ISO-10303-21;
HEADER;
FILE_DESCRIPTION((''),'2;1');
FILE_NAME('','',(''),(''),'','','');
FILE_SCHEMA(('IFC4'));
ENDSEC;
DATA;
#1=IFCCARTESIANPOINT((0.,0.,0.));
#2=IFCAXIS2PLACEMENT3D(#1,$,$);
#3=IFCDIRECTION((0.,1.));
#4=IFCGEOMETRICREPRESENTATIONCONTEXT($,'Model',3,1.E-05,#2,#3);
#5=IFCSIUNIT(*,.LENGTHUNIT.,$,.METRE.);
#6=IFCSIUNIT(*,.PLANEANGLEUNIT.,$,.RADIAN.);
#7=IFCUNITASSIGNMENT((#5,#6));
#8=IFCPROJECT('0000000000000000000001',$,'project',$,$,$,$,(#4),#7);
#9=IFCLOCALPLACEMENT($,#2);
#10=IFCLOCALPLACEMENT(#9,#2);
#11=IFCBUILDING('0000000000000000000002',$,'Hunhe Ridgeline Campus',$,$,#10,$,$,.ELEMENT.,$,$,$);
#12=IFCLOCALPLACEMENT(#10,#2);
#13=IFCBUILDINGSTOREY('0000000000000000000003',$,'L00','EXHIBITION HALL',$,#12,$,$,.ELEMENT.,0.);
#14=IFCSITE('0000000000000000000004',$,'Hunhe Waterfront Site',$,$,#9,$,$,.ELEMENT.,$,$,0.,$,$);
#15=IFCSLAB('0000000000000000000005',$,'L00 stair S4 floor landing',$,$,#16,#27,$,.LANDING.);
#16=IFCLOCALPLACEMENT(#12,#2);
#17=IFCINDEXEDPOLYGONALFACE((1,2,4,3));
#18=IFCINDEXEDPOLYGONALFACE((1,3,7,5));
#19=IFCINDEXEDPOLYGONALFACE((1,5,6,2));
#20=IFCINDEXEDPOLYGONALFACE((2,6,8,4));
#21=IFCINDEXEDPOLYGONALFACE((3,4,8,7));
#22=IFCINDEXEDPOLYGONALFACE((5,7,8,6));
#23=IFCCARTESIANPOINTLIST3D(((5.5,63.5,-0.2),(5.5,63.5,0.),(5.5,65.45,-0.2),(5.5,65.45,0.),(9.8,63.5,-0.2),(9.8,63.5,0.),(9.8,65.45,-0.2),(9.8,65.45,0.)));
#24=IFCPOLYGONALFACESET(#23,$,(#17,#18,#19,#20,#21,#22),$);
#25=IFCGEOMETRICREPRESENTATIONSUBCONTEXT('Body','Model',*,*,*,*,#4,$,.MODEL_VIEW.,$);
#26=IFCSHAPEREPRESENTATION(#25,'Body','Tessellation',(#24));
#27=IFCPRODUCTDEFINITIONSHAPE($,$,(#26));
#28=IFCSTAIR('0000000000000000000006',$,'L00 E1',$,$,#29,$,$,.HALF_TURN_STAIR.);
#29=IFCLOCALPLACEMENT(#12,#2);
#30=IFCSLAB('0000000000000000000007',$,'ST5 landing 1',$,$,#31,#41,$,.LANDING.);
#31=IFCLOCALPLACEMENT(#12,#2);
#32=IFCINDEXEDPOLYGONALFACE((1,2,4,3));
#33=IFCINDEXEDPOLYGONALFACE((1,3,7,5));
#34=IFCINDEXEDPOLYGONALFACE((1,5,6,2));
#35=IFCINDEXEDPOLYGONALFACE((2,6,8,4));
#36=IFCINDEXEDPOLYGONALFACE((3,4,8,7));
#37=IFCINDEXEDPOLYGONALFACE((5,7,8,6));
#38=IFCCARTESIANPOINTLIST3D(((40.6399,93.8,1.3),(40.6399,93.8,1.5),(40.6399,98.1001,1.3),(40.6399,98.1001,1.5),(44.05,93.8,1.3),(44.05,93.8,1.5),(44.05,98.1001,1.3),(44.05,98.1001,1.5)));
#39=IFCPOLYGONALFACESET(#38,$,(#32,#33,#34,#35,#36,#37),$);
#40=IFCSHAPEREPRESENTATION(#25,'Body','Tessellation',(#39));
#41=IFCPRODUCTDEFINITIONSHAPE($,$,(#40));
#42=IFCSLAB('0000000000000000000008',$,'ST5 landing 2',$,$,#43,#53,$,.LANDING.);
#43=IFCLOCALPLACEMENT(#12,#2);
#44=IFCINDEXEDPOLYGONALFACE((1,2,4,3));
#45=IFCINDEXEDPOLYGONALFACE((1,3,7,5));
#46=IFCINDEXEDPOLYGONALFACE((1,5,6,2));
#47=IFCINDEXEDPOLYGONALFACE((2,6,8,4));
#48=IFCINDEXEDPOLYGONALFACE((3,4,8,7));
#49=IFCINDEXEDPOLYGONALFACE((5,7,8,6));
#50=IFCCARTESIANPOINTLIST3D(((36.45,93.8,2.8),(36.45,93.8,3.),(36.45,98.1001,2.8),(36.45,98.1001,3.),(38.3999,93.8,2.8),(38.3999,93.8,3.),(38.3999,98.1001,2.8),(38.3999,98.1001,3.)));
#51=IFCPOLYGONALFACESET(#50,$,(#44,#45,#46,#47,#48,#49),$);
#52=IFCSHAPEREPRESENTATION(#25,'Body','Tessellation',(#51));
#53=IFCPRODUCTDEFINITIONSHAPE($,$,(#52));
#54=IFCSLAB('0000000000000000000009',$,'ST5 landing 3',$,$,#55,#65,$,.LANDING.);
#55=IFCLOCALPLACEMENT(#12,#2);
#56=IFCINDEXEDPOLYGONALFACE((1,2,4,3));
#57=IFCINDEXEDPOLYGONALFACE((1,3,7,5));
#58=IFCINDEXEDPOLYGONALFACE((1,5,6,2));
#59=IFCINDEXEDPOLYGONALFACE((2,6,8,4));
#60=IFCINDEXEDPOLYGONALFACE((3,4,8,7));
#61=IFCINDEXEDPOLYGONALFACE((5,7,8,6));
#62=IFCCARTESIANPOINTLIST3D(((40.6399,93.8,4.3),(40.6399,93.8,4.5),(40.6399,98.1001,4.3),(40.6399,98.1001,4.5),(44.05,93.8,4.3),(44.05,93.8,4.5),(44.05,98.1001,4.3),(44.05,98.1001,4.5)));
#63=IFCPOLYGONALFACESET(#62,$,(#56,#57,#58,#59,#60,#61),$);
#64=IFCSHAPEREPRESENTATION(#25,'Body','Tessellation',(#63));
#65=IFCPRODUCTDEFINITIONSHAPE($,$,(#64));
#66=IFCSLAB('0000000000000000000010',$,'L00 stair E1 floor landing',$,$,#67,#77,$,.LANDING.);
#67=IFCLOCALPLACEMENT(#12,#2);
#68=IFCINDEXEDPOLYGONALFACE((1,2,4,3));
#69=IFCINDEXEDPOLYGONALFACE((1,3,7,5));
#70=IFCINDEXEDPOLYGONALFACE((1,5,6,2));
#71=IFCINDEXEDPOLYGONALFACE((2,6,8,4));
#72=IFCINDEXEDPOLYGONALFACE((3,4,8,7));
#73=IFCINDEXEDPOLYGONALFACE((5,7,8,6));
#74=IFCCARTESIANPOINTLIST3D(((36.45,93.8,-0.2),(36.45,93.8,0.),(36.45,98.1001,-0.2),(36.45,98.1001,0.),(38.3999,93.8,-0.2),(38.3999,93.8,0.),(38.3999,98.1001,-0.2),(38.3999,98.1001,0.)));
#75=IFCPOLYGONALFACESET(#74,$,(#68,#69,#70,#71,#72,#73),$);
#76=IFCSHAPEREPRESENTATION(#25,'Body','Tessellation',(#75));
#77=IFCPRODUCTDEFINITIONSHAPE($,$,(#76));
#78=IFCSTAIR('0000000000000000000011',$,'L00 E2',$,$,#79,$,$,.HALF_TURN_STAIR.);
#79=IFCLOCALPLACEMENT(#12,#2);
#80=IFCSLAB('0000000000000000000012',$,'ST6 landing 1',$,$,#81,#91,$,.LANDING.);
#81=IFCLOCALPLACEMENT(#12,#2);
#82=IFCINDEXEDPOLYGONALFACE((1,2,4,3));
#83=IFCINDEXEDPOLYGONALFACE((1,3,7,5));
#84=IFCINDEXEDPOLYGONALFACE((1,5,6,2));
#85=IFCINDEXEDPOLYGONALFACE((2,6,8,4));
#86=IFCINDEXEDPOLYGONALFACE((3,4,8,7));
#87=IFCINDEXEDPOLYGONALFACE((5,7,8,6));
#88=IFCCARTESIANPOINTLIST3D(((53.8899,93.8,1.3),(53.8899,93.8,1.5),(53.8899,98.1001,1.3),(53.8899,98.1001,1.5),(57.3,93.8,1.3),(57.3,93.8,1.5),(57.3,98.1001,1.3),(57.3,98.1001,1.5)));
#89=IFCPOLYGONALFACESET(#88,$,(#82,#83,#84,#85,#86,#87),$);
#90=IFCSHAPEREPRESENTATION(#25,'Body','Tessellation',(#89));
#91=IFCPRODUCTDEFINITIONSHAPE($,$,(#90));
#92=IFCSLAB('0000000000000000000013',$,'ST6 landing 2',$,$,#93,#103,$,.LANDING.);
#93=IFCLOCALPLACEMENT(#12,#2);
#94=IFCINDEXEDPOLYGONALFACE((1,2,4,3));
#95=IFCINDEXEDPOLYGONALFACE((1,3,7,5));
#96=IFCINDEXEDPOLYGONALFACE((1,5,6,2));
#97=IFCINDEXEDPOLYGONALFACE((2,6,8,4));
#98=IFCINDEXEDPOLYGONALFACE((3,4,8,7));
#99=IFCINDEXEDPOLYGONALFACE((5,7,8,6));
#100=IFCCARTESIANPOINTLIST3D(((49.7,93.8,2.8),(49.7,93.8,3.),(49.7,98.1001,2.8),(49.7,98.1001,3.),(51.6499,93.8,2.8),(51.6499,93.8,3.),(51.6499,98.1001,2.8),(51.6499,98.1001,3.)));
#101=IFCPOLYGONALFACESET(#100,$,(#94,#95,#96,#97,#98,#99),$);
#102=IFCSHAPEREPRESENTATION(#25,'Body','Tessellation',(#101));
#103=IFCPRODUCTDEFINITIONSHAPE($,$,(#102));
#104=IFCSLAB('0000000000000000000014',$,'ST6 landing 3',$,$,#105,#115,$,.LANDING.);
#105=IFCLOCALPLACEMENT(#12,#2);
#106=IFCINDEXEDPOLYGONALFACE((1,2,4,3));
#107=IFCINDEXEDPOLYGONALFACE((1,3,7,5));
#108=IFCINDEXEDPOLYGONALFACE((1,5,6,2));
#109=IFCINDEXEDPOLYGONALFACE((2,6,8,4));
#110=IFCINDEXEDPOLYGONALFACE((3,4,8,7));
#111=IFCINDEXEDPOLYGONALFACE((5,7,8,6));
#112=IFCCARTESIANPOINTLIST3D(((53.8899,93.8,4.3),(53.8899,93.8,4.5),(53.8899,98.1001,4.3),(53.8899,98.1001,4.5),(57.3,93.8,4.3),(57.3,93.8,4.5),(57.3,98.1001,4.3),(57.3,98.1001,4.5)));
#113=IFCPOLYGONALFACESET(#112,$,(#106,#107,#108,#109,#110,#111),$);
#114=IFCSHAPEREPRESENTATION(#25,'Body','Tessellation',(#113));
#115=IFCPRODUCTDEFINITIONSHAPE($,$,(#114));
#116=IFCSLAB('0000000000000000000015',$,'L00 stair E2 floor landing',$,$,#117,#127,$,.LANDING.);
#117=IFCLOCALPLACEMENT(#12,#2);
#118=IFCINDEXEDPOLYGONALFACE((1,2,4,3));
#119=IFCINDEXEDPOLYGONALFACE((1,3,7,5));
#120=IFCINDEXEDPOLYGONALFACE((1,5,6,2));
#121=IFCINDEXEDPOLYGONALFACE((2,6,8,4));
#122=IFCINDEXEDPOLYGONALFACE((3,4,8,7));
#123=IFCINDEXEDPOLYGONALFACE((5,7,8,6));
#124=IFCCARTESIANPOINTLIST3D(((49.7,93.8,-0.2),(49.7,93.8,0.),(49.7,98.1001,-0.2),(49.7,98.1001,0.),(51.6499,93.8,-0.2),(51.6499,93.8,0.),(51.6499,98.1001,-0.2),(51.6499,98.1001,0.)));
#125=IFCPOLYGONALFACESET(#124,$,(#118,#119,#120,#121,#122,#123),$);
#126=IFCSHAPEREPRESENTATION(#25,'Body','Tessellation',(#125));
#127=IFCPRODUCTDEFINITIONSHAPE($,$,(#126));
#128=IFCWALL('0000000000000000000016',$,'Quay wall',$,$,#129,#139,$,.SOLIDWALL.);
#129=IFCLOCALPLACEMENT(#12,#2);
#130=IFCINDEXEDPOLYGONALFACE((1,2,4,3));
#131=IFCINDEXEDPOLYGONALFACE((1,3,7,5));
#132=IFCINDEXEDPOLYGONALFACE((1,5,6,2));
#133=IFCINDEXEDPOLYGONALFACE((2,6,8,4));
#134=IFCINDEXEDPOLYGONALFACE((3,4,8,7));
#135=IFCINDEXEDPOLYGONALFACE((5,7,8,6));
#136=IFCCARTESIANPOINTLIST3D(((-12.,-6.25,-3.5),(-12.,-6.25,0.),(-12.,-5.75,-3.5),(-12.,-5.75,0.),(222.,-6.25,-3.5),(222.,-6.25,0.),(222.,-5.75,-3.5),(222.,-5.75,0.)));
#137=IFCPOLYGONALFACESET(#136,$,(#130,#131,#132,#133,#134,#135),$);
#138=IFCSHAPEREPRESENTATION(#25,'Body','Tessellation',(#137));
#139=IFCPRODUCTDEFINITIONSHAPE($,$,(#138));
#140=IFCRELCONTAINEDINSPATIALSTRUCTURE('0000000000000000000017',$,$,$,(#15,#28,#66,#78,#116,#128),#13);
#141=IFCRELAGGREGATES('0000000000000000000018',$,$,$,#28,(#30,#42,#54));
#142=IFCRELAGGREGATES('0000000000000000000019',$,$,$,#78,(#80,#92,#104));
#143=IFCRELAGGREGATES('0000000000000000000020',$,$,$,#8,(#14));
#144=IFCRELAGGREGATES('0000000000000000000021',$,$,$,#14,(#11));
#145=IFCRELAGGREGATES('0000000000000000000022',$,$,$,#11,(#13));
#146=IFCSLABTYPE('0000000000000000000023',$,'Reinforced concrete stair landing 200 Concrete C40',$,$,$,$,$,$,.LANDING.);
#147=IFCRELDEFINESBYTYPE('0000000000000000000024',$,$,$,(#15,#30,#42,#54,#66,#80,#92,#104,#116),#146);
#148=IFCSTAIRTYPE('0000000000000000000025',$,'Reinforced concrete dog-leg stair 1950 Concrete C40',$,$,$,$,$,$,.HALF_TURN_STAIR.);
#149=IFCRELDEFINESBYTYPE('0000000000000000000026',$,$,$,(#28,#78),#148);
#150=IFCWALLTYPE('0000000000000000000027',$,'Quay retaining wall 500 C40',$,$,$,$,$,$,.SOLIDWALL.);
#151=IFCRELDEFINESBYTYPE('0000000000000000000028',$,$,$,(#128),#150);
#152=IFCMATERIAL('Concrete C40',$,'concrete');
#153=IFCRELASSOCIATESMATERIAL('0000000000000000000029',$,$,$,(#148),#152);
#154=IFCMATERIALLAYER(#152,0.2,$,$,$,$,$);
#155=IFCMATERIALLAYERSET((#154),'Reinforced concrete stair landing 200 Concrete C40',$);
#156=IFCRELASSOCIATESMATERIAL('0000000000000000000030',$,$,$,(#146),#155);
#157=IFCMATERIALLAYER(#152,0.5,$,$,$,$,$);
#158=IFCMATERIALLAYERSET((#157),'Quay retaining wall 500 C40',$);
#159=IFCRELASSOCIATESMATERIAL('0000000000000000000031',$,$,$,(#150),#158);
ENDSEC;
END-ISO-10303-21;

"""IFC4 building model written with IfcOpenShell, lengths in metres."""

from ifc_helpers import new_model, si_unit, direction, frame, frame_2d, origin, place, context, subcontext, project, spatial, polyline, rectangle, outline, extrude, material, layer, layer_set, type_object, element, aggregate, save


model = new_model("IFC4")

# Units and contexts
model_context = context("Model", 3, precision=1e-05, world=origin(), true_north=direction((0.0, 1.0)))
body_context = subcontext(model_context, "Body", "Model", "MODEL_VIEW")
ifc_project = project(units=[si_unit("LENGTHUNIT", "METRE"), si_unit("PLANEANGLEUNIT", "RADIAN")], contexts=[model_context])

# Site, building, storey
site_placement = place(None, origin())
site = spatial("IfcSite", under=ifc_project, at=site_placement, Name="Hunhe Waterfront Site", CompositionType="ELEMENT", RefElevation=0.0)
building_placement = place(site_placement, origin())
building = spatial("IfcBuilding", under=site, at=building_placement, Name="Hunhe Ridgeline Campus", CompositionType="ELEMENT")
storey_placement = place(building_placement, origin())
storey = spatial("IfcBuildingStorey", under=building, at=storey_placement, Name="L00", Description="EXHIBITION HALL", CompositionType="ELEMENT", Elevation=0.0)

# Shared definitions
ifc_material_1 = material(Name="Concrete C40", Category="concrete")
stair_type = type_object("IfcStairType", Name="Reinforced concrete dog-leg stair 1950 Concrete C40", PredefinedType="HALF_TURN_STAIR", material=ifc_material_1)
ifc_layer_1 = layer(ifc_material_1, 0.2)
ifc_layer_set_1 = layer_set([ifc_layer_1], Name="Reinforced concrete stair landing 200 Concrete C40")
slab_type = type_object("IfcSlabType", Name="Reinforced concrete stair landing 200 Concrete C40", PredefinedType="LANDING", material=ifc_layer_set_1)

# Slab
slab_1_placement = place(storey_placement, frame((0.0, 0.0, -0.2)))
element("IfcSlab", 1, at=slab_1_placement, inside=storey, type_object=slab_type, Name="L00 stair S4 floor landing", PredefinedType="LANDING", context=body_context, shape_type="SweptSolid", body=[
    extrude(outline(polyline([(9.8, 63.5), (9.8, 65.45), (5.5, 65.45), (5.5, 63.5), (9.8, 63.5)])), origin(), (0.0, 0.0, 1.0), 0.2),
])

# Stair, slabs
stair_1_placement = place(storey_placement, origin())
stair_1 = element("IfcStair", 2, at=stair_1_placement, inside=storey, type_object=stair_type, Name="L00 E1", PredefinedType="HALF_TURN_STAIR")
slab_2_placement = place(storey_placement, frame((0.0, 0.0, 1.3)))
slab_2 = element("IfcSlab", 3, at=slab_2_placement, type_object=slab_type, Name="ST5 landing 1", PredefinedType="LANDING", context=body_context, shape_type="SweptSolid", body=[
    extrude(outline(polyline([(40.6399, 93.8), (44.05, 93.8), (44.05, 98.1001), (40.6399, 98.1001), (40.6399, 93.8)])), origin(), (0.0, 0.0, 1.0), 0.2),
])
slab_3_placement = place(storey_placement, frame((0.0, 0.0, 2.8)))
slab_3 = element("IfcSlab", 4, at=slab_3_placement, type_object=slab_type, Name="ST5 landing 2", PredefinedType="LANDING", context=body_context, shape_type="SweptSolid", body=[
    extrude(outline(polyline([(36.45, 93.8), (38.3999, 93.8), (38.3999, 98.1001), (36.45, 98.1001), (36.45, 93.8)])), origin(), (0.0, 0.0, 1.0), 0.2),
])
slab_4_placement = place(storey_placement, frame((0.0, 0.0, 4.3)))
slab_4 = element("IfcSlab", 5, at=slab_4_placement, type_object=slab_type, Name="ST5 landing 3", PredefinedType="LANDING", context=body_context, shape_type="SweptSolid", body=[
    extrude(outline(polyline([(40.6399, 93.8), (44.05, 93.8), (44.05, 98.1001), (40.6399, 98.1001), (40.6399, 93.8)])), origin(), (0.0, 0.0, 1.0), 0.2),
])
aggregate(stair_1, [slab_2, slab_3, slab_4])

# Slab
slab_5_placement = place(storey_placement, frame((0.0, 0.0, -0.2)))
element("IfcSlab", 6, at=slab_5_placement, inside=storey, type_object=slab_type, Name="L00 stair E1 floor landing", PredefinedType="LANDING", context=body_context, shape_type="SweptSolid", body=[
    extrude(outline(polyline([(36.45, 93.8), (38.3999, 93.8), (38.3999, 98.1001), (36.45, 98.1001), (36.45, 93.8)])), origin(), (0.0, 0.0, 1.0), 0.2),
])

# Stair, slabs
stair_2_placement = place(storey_placement, origin())
stair_2 = element("IfcStair", 7, at=stair_2_placement, inside=storey, type_object=stair_type, Name="L00 E2", PredefinedType="HALF_TURN_STAIR")
slab_6_placement = place(storey_placement, frame((0.0, 0.0, 1.3)))
slab_6 = element("IfcSlab", 8, at=slab_6_placement, type_object=slab_type, Name="ST6 landing 1", PredefinedType="LANDING", context=body_context, shape_type="SweptSolid", body=[
    extrude(outline(polyline([(53.8899, 93.8), (57.3, 93.8), (57.3, 98.1001), (53.8899, 98.1001), (53.8899, 93.8)])), origin(), (0.0, 0.0, 1.0), 0.2),
])
slab_7_placement = place(storey_placement, frame((0.0, 0.0, 2.8)))
slab_7 = element("IfcSlab", 9, at=slab_7_placement, type_object=slab_type, Name="ST6 landing 2", PredefinedType="LANDING", context=body_context, shape_type="SweptSolid", body=[
    extrude(outline(polyline([(49.7, 93.8), (51.6499, 93.8), (51.6499, 98.1001), (49.7, 98.1001), (49.7, 93.8)])), origin(), (0.0, 0.0, 1.0), 0.2),
])
slab_8_placement = place(storey_placement, frame((0.0, 0.0, 4.3)))
slab_8 = element("IfcSlab", 10, at=slab_8_placement, type_object=slab_type, Name="ST6 landing 3", PredefinedType="LANDING", context=body_context, shape_type="SweptSolid", body=[
    extrude(outline(polyline([(53.8899, 93.8), (57.3, 93.8), (57.3, 98.1001), (53.8899, 98.1001), (53.8899, 93.8)])), origin(), (0.0, 0.0, 1.0), 0.2),
])
aggregate(stair_2, [slab_6, slab_7, slab_8])

# Slab
slab_9_placement = place(storey_placement, frame((0.0, 0.0, -0.2)))
element("IfcSlab", 11, at=slab_9_placement, inside=storey, type_object=slab_type, Name="L00 stair E2 floor landing", PredefinedType="LANDING", context=body_context, shape_type="SweptSolid", body=[
    extrude(outline(polyline([(49.7, 93.8), (51.6499, 93.8), (51.6499, 98.1001), (49.7, 98.1001), (49.7, 93.8)])), origin(), (0.0, 0.0, 1.0), 0.2),
])

# Wall
ifc_layer_2 = layer(ifc_material_1, 0.5)
ifc_layer_set_2 = layer_set([ifc_layer_2], Name="Quay retaining wall 500 C40")
wall_type = type_object("IfcWallType", Name="Quay retaining wall 500 C40", PredefinedType="SOLIDWALL", material=ifc_layer_set_2)
wall_placement = place(storey_placement, frame((-12.0, -6.0, -3.5), z_axis=(0.0, 0.0, 1.0), x_axis=(1.0, 0.0, 0.0)))
element("IfcWall", 12, at=wall_placement, inside=storey, type_object=wall_type, Name="Quay wall", PredefinedType="SOLIDWALL", context=body_context, shape_type="SweptSolid", body=[
    extrude(rectangle(XDim=234.0, YDim=0.5, at=frame_2d((117.0, 0.0))), origin(), (0.0, 0.0, 1.0), 3.5),
])

save(model, "model.ifc")
